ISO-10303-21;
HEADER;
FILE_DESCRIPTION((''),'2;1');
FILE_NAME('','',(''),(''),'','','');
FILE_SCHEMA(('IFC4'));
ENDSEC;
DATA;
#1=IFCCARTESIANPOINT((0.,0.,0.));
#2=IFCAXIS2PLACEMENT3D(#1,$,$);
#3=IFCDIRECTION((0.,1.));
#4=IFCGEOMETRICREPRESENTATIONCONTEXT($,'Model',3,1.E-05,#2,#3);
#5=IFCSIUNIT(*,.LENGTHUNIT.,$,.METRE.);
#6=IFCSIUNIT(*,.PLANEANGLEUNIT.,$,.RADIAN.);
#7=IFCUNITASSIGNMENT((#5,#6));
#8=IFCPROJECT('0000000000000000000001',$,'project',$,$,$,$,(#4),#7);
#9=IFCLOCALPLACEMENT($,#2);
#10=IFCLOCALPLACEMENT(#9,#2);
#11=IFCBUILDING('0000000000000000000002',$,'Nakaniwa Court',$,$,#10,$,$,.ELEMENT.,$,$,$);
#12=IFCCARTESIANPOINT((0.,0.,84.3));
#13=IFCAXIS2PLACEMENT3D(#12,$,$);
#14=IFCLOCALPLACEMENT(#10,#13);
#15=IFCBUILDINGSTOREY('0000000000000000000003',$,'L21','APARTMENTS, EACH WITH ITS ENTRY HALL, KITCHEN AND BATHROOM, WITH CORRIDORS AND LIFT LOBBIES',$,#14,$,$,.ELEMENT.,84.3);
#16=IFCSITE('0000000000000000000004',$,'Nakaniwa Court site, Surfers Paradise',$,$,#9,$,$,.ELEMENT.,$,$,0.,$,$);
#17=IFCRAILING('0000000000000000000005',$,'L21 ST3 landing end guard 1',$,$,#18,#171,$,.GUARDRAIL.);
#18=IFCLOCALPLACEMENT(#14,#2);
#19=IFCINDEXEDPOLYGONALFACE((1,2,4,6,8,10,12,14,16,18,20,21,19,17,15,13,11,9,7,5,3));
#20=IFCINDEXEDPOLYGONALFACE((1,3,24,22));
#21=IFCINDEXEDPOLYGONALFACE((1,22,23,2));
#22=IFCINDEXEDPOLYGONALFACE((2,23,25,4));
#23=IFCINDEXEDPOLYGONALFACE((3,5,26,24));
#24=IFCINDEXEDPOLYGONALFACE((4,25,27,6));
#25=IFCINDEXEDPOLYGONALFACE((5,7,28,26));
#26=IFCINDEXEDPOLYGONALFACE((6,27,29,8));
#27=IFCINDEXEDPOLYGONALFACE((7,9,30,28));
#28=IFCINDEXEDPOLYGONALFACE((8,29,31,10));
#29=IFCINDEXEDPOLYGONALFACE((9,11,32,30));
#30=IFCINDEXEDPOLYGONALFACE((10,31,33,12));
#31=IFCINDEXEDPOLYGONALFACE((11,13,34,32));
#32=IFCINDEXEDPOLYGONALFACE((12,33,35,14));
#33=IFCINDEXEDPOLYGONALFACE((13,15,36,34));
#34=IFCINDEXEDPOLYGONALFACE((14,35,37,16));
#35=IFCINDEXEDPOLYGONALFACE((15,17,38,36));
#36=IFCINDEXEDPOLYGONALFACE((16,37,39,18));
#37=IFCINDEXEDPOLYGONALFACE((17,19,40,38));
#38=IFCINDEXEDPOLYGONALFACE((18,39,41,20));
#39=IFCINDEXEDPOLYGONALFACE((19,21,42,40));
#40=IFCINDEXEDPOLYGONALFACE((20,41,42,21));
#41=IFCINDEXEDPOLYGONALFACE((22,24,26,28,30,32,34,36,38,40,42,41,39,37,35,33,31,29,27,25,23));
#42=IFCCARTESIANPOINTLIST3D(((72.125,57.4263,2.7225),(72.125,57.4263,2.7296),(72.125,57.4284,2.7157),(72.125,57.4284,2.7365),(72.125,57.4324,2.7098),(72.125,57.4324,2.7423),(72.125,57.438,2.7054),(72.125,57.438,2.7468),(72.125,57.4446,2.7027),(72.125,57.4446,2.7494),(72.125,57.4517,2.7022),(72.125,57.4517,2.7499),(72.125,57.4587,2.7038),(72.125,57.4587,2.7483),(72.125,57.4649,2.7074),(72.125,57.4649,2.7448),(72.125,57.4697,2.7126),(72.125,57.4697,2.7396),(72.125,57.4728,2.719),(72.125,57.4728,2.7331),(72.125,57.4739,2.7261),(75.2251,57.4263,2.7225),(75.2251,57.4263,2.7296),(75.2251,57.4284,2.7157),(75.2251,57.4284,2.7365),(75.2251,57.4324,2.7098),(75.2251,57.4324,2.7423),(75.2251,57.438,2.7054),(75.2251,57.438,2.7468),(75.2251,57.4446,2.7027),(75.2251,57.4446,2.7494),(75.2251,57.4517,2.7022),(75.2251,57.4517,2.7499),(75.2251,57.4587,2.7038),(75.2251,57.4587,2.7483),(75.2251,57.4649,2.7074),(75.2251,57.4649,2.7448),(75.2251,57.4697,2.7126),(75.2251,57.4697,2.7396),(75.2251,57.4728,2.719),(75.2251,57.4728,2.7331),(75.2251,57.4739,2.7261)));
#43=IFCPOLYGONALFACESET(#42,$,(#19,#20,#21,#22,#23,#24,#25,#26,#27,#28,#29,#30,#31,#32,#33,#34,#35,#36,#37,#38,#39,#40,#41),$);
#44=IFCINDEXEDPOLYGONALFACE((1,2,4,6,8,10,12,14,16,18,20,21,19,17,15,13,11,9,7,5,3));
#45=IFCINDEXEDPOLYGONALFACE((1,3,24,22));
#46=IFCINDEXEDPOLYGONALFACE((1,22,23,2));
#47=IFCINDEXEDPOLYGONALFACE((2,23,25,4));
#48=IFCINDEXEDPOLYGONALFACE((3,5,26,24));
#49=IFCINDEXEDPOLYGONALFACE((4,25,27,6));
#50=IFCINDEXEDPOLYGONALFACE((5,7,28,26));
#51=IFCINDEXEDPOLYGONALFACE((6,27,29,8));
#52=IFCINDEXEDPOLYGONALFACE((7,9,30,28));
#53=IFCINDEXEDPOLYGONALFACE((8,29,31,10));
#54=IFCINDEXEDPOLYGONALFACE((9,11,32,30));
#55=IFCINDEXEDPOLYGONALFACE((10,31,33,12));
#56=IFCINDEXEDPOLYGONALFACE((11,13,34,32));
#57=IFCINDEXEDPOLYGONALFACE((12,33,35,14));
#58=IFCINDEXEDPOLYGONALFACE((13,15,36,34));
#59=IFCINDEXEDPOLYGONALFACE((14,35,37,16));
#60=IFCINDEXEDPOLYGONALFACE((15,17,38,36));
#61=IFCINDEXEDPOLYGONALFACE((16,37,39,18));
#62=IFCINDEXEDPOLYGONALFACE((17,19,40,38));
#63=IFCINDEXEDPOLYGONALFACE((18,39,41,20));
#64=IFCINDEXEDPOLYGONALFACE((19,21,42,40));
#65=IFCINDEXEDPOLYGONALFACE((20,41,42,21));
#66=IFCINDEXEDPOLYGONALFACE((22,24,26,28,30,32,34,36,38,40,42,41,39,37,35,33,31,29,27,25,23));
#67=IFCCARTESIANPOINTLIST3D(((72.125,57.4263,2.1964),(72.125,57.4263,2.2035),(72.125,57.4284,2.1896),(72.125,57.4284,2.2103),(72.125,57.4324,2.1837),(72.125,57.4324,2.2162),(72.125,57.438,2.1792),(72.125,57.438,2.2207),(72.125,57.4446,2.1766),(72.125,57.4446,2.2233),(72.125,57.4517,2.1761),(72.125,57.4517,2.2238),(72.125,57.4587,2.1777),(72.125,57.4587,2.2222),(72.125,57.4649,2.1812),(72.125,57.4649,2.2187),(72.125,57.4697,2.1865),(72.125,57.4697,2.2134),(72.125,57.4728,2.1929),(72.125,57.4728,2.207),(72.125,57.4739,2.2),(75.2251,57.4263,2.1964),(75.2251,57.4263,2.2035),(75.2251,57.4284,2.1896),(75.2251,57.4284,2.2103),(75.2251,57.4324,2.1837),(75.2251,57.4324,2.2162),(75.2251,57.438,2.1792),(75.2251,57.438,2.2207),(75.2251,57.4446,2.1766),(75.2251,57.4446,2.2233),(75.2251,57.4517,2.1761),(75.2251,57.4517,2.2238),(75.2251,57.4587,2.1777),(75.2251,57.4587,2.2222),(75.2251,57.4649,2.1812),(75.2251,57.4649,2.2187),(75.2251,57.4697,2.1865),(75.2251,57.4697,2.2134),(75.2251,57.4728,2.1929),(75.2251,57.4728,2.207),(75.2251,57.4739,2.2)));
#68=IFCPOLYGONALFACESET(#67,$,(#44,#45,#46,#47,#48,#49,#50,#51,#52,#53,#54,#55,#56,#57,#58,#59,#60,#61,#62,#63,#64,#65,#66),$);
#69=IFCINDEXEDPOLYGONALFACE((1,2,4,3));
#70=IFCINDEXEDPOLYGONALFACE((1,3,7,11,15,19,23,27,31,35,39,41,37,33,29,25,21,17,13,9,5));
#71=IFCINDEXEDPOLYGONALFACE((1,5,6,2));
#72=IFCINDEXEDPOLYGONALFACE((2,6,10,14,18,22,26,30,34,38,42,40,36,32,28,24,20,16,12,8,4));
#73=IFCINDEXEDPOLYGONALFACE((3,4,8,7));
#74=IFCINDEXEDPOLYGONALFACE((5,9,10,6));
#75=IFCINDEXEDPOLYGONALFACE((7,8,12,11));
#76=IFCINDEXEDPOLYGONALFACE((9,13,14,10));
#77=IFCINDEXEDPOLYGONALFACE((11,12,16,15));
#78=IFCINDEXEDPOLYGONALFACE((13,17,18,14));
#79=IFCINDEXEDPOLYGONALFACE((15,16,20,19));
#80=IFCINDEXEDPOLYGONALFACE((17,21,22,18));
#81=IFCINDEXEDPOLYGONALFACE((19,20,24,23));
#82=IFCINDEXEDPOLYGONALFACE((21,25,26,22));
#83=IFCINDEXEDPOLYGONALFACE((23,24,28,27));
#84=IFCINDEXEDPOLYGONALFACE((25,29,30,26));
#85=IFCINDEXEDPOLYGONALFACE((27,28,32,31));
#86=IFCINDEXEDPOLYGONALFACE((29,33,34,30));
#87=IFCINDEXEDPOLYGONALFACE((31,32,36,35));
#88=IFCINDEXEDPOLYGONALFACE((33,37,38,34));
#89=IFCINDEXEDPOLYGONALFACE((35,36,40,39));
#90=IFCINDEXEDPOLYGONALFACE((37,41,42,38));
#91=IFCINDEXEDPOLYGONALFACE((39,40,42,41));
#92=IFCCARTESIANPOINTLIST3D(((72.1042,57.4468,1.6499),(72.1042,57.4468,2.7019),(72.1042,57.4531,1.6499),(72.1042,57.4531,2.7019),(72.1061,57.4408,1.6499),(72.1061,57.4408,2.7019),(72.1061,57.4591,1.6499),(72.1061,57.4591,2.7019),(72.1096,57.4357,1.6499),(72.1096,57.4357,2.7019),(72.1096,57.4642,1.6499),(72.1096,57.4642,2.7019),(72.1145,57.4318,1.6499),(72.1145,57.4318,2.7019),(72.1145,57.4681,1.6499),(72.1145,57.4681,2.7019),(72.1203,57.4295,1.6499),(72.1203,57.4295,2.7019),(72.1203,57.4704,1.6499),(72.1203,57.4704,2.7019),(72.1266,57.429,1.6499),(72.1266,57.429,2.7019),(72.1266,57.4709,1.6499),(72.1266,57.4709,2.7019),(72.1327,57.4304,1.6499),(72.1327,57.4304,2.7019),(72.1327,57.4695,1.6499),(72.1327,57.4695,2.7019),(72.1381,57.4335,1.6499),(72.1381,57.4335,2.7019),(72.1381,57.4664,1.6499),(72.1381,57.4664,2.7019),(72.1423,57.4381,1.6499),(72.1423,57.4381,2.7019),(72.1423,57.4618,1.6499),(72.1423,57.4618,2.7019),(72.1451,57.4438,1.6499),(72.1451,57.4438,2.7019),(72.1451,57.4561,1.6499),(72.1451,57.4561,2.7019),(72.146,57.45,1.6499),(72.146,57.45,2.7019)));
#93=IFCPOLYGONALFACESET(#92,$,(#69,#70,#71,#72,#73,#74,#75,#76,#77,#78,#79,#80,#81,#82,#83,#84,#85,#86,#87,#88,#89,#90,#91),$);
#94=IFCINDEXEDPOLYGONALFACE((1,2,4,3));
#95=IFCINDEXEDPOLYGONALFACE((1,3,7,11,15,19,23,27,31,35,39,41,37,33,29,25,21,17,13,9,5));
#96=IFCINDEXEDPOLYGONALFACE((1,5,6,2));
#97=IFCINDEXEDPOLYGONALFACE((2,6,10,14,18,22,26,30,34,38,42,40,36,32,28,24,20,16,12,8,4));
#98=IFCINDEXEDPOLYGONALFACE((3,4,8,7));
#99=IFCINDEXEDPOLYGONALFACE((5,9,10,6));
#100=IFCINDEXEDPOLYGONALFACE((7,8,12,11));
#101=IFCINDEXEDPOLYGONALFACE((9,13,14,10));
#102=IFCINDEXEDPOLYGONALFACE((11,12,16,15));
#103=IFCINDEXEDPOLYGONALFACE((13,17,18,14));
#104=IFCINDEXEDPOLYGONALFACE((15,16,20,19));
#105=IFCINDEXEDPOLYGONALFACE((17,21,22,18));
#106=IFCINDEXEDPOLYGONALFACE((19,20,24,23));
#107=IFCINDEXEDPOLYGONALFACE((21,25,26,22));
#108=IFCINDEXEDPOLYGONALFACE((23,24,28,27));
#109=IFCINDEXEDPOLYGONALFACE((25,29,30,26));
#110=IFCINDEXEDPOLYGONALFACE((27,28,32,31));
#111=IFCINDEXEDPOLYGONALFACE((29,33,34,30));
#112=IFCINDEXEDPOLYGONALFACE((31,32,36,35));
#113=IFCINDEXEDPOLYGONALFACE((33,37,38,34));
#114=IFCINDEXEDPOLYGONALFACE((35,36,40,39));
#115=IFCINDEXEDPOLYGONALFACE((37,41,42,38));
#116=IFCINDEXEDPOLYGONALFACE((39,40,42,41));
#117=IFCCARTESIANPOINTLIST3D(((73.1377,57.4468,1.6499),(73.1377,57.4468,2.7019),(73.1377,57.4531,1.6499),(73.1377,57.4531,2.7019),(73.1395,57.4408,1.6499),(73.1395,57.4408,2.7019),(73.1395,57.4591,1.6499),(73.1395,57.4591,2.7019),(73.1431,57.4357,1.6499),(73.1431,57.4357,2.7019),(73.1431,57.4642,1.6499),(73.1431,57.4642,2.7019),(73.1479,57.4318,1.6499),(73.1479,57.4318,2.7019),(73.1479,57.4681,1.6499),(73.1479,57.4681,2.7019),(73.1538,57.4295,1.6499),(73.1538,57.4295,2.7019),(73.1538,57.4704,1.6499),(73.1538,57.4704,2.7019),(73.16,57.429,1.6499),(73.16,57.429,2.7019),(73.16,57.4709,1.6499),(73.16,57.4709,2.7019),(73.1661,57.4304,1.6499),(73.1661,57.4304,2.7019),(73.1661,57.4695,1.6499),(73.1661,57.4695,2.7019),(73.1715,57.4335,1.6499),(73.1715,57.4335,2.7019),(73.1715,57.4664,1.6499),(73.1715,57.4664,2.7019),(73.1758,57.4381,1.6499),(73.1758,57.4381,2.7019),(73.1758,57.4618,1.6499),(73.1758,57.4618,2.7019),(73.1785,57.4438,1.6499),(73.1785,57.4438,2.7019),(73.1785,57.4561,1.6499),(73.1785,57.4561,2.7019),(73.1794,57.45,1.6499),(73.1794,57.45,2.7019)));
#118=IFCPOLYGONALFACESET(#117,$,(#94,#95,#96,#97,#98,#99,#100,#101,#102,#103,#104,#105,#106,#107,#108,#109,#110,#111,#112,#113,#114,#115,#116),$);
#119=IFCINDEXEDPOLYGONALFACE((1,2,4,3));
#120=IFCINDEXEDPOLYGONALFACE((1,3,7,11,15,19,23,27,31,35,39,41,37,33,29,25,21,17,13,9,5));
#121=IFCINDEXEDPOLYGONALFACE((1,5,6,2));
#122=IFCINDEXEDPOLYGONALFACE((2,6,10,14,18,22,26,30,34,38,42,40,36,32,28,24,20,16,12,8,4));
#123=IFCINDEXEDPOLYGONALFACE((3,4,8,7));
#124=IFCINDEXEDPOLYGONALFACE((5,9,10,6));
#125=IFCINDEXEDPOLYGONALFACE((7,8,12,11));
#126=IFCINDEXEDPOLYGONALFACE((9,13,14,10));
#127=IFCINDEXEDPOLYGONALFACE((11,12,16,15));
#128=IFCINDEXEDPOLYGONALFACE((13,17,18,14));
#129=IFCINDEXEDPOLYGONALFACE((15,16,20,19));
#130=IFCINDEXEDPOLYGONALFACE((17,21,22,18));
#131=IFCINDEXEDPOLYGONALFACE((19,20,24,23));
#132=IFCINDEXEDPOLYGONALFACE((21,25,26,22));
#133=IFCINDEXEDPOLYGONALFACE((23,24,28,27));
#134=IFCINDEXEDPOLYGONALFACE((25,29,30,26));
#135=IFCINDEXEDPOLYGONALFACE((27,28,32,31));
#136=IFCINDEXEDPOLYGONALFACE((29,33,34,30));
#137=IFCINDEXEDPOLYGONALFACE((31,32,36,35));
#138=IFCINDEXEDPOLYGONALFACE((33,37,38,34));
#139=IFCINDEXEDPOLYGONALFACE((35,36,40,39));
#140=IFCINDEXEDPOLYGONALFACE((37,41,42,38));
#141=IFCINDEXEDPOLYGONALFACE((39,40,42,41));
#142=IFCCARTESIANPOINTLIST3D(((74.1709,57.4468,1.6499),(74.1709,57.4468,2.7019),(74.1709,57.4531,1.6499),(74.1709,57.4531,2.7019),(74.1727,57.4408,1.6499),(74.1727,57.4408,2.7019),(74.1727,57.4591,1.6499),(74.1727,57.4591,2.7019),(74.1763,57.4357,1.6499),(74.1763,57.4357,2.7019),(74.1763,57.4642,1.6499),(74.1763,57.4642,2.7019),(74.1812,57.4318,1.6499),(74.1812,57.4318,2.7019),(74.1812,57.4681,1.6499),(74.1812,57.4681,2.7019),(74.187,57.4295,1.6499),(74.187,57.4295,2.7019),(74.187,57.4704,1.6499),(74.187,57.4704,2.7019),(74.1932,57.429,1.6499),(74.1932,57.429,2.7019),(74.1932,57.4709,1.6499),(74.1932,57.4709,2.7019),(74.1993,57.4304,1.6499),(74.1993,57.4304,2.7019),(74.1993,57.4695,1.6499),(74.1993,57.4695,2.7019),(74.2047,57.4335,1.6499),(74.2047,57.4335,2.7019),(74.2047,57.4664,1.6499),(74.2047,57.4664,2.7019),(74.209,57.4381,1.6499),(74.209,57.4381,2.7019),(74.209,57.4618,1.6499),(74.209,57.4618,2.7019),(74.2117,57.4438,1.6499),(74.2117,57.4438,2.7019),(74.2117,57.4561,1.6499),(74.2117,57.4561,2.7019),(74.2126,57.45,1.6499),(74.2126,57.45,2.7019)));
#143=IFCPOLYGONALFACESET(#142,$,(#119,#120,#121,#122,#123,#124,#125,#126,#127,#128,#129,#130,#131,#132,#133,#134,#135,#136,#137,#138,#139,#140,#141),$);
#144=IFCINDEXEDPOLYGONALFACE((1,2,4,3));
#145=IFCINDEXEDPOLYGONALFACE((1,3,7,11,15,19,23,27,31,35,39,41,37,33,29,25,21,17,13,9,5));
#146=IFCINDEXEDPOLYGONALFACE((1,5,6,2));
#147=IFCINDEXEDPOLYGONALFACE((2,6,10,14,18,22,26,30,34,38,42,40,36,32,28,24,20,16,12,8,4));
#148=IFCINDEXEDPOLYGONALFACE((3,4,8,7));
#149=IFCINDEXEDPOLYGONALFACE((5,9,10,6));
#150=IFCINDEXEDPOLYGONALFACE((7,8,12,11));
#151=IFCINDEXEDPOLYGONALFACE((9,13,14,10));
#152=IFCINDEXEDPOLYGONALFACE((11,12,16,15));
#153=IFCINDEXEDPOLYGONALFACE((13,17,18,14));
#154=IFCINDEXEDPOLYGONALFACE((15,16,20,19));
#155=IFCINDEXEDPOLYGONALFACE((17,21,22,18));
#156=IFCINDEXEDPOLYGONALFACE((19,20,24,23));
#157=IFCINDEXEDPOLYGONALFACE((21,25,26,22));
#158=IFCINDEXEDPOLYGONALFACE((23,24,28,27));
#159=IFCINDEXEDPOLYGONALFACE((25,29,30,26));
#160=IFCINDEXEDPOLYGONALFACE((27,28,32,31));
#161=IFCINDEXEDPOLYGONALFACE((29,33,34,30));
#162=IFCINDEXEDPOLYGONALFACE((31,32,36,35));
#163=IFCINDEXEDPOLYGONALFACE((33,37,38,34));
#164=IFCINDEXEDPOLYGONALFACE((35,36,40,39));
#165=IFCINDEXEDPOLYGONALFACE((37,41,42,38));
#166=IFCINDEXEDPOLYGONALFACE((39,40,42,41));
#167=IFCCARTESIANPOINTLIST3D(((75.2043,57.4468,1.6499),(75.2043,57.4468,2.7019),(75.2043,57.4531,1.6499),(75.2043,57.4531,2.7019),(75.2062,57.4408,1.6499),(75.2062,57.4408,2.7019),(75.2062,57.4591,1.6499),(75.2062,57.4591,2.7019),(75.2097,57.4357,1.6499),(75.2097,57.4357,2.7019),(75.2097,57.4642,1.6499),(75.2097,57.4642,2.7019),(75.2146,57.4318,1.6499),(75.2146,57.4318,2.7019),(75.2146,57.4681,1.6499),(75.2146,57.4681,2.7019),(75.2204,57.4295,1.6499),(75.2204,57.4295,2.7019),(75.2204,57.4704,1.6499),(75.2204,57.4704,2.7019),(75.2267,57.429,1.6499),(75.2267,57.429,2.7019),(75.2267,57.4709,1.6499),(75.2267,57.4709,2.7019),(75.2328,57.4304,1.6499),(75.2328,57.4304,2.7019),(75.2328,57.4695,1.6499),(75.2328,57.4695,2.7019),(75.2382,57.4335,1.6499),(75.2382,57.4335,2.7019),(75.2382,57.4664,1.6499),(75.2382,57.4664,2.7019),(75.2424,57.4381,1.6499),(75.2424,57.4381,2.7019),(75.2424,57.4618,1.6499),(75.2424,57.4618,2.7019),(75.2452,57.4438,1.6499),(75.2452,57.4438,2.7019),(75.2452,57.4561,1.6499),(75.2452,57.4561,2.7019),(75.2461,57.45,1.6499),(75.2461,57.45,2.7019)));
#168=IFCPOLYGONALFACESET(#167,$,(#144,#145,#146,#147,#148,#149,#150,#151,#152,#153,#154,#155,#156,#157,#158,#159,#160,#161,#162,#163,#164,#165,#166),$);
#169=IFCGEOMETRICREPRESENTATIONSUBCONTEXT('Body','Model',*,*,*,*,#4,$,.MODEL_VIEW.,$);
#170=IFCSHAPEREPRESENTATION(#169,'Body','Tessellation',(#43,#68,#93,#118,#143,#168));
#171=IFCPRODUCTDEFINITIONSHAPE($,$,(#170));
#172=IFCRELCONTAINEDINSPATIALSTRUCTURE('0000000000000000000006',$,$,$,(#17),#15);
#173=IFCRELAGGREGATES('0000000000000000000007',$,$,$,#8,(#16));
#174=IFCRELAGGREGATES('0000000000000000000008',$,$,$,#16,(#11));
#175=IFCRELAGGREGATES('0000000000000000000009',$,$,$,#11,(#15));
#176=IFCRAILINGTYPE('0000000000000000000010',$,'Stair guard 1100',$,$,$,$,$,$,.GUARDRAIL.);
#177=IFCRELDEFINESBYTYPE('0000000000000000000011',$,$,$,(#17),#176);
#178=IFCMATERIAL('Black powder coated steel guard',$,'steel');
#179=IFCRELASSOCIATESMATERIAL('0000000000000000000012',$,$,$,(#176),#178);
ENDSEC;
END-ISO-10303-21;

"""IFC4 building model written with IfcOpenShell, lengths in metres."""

from ifc_helpers import new_model, si_unit, direction, frame, origin, origin_2d, place, context, subcontext, project, spatial, circle, extrude, material, type_object, element, save


model = new_model("IFC4")

# Units and contexts
model_context = context("Model", 3, precision=1e-05, world=origin(), true_north=direction((0.0, 1.0)))
body_context = subcontext(model_context, "Body", "Model", "MODEL_VIEW")
ifc_project = project(units=[si_unit("LENGTHUNIT", "METRE"), si_unit("PLANEANGLEUNIT", "RADIAN")], contexts=[model_context])

# Site, building, storey
site_placement = place(None, origin())
site = spatial("IfcSite", under=ifc_project, at=site_placement, Name="Nakaniwa Court site, Surfers Paradise", CompositionType="ELEMENT", RefElevation=0.0)
building_placement = place(site_placement, origin())
building = spatial("IfcBuilding", under=site, at=building_placement, Name="Nakaniwa Court", CompositionType="ELEMENT")
storey_placement = place(building_placement, frame((0.0, 0.0, 84.3)))
storey = spatial("IfcBuildingStorey", under=building, at=storey_placement, Name="L21", Description="APARTMENTS, EACH WITH ITS ENTRY HALL, KITCHEN AND BATHROOM, WITH CORRIDORS AND LIFT LOBBIES", CompositionType="ELEMENT", Elevation=84.3)

# Railing
ifc_material_1 = material(Name="Black powder coated steel guard", Category="steel")
railing_type_1 = type_object("IfcRailingType", Name="Stair guard 1100", PredefinedType="GUARDRAIL", material=ifc_material_1)
railing_1_placement = place(storey_placement, frame((72.125, 57.45, 1.6499)))
element("IfcRailing", 1, at=railing_1_placement, inside=storey, type_object=railing_type_1, Name="L21 ST3 landing end guard 1", PredefinedType="GUARDRAIL", context=body_context, shape_type="SweptSolid", body=[
    extrude(circle(Radius=0.0239, at=origin_2d()), frame((0.0, 0.0, 1.0762), z_axis=(1.0, 0.0, 0.0), x_axis=(0.0, 1.0, 0.0)), (0.0, 0.0, 1.0), 3.1001),
    extrude(circle(Radius=0.0239, at=origin_2d()), frame((0.0, 0.0, 0.55), z_axis=(1.0, 0.0, 0.0), x_axis=(0.0, 1.0, 0.0)), (0.0, 0.0, 1.0), 3.1001),
    extrude(circle(Radius=0.021, at=origin_2d()), origin(), (0.0, 0.0, 1.0), 1.052),
    extrude(circle(Radius=0.021, at=origin_2d()), frame((1.0334, 0.0, 0.0)), (0.0, 0.0, 1.0), 1.052),
    extrude(circle(Radius=0.021, at=origin_2d()), frame((2.0667, 0.0, 0.0)), (0.0, 0.0, 1.0), 1.052),
    extrude(circle(Radius=0.021, at=origin_2d()), frame((3.1001, 0.0, 0.0)), (0.0, 0.0, 1.0), 1.052),
])

save(model, "model.ifc")
